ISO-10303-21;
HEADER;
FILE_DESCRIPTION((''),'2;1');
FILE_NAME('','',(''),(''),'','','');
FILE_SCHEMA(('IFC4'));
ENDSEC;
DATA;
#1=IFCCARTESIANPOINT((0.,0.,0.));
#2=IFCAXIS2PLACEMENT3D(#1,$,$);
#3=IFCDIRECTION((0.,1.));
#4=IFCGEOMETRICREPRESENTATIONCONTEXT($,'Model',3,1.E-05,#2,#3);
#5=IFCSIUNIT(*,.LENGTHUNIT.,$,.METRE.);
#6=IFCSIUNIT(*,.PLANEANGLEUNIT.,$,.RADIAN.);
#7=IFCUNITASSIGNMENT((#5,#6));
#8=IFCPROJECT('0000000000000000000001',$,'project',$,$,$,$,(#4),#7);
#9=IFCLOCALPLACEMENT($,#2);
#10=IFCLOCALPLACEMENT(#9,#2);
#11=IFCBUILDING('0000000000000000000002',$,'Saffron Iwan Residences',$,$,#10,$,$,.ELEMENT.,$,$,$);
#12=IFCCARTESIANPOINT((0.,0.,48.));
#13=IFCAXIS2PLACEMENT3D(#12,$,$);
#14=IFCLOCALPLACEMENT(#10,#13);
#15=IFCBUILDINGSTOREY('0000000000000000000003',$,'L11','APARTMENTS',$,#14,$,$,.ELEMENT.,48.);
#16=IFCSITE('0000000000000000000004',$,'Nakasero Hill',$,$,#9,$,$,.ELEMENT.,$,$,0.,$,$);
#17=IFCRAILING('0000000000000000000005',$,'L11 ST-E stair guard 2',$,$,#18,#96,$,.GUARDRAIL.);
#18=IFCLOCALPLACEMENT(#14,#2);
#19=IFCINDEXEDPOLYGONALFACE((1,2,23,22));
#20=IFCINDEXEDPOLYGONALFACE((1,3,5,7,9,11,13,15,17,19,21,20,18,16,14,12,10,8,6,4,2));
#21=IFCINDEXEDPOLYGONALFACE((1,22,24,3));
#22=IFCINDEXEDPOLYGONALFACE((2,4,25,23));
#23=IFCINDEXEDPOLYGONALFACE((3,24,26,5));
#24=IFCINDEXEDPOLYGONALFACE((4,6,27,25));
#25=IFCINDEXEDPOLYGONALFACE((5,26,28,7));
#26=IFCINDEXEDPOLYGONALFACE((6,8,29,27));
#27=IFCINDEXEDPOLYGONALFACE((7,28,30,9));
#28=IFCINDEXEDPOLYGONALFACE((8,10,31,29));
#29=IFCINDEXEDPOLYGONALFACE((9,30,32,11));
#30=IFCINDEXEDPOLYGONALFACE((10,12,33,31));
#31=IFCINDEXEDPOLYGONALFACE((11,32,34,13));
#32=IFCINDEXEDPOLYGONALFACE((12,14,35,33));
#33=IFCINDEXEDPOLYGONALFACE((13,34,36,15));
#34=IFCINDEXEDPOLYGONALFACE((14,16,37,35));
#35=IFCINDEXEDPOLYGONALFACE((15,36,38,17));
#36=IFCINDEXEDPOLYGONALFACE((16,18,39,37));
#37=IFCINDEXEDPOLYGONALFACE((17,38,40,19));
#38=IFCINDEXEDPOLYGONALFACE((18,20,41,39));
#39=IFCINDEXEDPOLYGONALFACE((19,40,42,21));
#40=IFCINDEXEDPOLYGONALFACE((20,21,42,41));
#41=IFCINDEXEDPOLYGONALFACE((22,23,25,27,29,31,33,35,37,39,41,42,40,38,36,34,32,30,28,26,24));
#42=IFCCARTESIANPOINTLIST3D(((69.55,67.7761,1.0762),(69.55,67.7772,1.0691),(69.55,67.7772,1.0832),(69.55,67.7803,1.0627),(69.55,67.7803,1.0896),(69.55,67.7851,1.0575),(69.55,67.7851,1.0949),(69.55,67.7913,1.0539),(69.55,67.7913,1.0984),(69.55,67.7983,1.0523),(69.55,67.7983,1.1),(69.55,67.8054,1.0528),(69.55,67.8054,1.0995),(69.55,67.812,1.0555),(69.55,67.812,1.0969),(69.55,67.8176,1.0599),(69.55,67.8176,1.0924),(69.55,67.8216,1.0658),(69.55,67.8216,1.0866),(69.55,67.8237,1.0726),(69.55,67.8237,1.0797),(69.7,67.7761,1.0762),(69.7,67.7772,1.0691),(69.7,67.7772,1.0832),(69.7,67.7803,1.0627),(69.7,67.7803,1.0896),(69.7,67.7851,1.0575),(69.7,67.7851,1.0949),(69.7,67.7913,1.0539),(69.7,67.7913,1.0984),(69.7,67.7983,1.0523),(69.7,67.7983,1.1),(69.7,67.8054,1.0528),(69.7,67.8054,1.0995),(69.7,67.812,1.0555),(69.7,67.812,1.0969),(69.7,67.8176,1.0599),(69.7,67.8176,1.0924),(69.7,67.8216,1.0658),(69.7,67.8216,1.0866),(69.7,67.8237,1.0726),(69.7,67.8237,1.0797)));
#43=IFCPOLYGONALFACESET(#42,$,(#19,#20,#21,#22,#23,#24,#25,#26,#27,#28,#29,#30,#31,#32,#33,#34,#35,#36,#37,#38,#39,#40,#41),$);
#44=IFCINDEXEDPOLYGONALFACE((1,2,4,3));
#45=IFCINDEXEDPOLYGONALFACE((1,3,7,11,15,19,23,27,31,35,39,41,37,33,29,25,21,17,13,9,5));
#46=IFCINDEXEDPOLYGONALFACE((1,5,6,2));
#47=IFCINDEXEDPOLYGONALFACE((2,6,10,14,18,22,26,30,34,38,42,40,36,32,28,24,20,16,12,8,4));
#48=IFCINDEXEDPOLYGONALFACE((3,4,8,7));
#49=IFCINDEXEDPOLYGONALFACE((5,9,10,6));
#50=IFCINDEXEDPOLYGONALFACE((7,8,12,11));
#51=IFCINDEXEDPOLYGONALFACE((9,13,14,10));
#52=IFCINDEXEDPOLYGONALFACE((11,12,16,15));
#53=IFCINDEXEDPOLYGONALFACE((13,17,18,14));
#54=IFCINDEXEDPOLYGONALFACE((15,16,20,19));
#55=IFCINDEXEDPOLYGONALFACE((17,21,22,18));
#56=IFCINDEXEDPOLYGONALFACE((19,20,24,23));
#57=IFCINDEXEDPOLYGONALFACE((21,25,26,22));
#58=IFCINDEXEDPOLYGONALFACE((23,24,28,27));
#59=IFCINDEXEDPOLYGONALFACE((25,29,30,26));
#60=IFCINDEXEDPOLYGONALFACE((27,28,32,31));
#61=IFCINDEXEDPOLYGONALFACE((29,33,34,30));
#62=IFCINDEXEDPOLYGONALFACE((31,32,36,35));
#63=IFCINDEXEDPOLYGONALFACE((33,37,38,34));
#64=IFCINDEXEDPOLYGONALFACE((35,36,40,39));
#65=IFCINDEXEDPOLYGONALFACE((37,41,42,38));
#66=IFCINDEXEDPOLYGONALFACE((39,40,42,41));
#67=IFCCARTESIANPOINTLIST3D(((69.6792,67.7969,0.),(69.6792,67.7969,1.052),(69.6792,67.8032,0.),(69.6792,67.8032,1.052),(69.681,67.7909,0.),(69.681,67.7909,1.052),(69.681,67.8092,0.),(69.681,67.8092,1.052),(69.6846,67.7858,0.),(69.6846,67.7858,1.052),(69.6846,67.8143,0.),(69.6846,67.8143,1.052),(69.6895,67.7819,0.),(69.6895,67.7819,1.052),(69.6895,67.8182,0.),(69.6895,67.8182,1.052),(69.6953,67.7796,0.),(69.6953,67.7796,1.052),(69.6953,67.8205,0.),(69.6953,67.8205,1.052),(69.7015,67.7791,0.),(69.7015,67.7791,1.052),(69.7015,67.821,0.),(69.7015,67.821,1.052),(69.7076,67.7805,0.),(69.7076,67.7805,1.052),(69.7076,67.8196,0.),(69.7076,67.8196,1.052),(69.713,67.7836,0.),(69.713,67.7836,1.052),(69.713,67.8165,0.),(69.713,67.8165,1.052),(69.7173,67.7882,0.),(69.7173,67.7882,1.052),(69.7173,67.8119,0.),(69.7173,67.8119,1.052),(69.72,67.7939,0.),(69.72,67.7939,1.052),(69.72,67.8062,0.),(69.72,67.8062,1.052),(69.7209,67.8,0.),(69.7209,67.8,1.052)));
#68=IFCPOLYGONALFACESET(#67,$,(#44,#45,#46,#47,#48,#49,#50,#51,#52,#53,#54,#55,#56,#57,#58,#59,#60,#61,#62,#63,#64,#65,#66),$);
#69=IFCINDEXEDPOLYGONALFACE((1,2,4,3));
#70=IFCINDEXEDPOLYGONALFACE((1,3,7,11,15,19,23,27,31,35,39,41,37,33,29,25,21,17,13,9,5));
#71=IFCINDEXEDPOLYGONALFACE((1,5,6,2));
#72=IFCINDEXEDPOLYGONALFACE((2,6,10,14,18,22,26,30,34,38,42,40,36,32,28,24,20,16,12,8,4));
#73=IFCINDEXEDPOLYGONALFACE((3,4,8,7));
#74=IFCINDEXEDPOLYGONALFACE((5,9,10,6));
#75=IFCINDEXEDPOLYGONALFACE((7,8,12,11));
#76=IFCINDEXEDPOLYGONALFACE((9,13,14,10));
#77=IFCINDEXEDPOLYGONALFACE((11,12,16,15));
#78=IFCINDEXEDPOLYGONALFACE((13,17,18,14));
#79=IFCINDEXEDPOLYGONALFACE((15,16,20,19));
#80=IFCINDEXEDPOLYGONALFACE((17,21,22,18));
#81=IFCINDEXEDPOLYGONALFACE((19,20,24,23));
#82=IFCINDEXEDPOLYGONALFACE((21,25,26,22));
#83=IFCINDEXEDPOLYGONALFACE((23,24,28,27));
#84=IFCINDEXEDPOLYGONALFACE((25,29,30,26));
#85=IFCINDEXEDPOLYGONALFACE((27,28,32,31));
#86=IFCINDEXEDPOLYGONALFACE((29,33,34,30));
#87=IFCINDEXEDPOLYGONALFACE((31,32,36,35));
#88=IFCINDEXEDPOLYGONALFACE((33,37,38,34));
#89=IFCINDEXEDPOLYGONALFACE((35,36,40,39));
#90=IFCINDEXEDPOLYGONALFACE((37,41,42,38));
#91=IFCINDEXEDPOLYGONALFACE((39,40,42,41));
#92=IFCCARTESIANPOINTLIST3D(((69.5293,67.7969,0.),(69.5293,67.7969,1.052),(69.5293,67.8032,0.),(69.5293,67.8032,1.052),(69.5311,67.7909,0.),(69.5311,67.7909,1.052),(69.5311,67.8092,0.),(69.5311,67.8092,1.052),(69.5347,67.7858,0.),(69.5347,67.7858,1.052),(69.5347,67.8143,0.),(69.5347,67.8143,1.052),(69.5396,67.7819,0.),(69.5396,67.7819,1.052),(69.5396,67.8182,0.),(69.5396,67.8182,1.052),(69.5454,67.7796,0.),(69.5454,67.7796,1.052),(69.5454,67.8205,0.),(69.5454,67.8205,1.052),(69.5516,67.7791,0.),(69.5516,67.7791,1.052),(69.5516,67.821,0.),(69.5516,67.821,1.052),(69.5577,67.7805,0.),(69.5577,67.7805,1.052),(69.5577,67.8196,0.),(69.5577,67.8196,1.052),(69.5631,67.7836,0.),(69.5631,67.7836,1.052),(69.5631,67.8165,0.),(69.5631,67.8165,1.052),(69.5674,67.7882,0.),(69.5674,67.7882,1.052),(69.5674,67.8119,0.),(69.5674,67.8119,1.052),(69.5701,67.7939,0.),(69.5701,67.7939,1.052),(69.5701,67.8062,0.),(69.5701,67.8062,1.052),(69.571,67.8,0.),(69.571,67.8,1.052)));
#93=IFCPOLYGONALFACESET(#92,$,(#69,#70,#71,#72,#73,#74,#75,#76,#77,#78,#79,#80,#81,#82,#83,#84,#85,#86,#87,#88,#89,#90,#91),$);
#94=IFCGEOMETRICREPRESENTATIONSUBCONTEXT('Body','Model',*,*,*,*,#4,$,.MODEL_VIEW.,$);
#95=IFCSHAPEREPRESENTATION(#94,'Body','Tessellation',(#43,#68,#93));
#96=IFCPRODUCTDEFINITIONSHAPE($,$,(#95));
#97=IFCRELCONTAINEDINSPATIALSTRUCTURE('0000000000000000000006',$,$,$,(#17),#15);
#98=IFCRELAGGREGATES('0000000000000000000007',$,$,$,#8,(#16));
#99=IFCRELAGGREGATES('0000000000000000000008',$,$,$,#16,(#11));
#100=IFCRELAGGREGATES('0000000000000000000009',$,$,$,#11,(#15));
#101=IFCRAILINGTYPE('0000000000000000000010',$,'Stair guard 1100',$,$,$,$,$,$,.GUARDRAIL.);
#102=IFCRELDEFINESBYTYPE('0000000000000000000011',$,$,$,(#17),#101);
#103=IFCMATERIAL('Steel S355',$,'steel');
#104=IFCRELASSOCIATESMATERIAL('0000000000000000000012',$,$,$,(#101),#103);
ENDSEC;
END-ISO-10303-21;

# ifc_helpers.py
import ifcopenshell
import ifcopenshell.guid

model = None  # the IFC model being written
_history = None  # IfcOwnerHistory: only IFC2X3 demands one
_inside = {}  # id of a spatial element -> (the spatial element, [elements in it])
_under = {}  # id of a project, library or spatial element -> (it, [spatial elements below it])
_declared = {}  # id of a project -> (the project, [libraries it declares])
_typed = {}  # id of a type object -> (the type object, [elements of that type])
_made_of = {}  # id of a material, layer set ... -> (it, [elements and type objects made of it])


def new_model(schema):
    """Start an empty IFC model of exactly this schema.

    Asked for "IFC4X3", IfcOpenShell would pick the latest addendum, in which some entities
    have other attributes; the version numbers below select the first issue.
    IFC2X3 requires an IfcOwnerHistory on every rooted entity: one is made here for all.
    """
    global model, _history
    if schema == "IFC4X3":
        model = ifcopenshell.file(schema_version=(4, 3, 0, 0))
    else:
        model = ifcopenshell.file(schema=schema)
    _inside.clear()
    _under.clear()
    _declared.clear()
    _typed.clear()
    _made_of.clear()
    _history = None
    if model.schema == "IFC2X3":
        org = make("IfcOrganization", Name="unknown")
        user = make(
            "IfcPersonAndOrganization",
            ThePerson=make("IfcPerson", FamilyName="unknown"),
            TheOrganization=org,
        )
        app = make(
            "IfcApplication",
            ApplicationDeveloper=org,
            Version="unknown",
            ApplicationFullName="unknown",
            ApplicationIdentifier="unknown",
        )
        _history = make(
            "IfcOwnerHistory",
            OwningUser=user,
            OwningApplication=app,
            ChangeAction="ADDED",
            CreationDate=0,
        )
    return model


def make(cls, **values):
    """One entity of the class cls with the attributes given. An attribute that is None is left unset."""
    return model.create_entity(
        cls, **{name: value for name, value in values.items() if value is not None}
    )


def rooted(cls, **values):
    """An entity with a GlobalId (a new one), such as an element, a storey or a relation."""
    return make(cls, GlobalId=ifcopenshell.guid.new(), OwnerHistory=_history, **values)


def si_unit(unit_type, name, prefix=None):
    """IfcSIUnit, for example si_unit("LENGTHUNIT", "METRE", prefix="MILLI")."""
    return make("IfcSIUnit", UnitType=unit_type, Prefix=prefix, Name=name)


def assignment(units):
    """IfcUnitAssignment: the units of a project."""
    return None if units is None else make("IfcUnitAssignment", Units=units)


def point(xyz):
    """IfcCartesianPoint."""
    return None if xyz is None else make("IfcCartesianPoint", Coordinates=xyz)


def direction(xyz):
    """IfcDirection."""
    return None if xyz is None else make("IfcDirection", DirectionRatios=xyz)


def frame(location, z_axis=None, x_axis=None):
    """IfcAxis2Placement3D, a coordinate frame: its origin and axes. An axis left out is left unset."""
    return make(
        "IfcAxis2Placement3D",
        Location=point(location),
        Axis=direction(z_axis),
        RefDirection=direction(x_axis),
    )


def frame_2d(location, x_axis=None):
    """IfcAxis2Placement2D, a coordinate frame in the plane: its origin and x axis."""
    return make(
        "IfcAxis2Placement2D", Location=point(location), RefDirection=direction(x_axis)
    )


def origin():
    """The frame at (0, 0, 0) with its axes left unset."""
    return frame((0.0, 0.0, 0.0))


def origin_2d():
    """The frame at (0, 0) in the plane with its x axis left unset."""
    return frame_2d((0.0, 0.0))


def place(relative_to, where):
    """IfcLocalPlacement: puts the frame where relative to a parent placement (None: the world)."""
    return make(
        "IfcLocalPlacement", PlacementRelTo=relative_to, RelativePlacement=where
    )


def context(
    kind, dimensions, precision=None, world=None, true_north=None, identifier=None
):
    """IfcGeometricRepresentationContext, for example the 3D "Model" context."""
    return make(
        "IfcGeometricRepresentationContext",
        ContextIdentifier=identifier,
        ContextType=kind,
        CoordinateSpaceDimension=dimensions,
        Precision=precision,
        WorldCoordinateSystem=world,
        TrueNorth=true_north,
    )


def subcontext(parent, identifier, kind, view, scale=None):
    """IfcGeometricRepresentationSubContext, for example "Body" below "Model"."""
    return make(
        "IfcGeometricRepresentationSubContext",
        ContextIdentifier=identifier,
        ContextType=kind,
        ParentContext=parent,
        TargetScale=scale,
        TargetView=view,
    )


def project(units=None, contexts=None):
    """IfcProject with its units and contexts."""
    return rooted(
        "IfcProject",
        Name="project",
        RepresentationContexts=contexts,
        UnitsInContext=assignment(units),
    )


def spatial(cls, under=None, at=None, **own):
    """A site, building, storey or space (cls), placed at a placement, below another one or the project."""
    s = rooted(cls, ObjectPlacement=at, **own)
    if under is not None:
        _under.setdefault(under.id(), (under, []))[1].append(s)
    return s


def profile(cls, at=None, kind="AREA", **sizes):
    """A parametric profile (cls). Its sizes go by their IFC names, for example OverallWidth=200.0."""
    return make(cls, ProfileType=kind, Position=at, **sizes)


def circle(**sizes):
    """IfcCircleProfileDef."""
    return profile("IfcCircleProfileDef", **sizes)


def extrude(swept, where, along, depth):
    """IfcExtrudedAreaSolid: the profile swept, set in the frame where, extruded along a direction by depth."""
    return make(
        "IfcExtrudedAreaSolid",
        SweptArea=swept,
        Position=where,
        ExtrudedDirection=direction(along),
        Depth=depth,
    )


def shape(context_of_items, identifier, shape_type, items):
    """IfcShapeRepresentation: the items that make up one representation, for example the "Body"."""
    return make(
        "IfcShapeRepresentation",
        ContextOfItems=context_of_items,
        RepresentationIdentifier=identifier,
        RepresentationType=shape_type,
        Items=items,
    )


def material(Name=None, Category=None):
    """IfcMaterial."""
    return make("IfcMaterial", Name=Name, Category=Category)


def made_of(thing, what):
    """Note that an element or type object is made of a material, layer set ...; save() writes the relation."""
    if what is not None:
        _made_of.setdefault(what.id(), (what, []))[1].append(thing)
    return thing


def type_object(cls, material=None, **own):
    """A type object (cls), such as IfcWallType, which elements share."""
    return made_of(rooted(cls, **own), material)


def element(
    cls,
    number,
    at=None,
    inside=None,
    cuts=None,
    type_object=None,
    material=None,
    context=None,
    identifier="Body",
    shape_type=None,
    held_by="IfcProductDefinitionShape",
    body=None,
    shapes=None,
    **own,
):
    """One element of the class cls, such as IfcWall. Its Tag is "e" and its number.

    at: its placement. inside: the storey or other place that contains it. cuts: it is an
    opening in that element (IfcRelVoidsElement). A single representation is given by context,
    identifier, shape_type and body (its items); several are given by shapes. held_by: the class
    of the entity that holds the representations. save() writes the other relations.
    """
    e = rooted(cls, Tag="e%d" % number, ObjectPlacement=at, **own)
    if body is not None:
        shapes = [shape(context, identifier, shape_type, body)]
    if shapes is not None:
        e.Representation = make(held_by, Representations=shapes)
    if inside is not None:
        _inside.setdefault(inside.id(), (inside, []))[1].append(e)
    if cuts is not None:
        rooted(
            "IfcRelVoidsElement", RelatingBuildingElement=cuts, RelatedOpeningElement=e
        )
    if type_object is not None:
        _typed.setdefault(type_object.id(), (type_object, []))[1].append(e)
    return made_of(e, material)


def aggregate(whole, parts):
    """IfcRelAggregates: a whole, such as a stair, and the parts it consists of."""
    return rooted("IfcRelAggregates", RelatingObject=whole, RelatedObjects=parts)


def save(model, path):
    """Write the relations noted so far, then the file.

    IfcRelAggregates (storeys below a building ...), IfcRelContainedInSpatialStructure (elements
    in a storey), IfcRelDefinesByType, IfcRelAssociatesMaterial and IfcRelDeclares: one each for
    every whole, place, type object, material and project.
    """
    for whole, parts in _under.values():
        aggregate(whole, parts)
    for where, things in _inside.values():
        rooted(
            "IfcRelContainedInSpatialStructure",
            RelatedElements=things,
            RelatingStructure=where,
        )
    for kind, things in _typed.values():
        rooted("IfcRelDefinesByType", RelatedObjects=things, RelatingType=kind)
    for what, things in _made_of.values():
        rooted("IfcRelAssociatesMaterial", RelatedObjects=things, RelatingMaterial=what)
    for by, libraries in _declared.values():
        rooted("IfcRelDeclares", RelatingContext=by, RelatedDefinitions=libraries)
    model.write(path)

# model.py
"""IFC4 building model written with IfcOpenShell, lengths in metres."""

from ifc_helpers import new_model, si_unit, direction, frame, origin, origin_2d, place, context, subcontext, project, spatial, circle, extrude, material, type_object, element, save


model = new_model("IFC4")

# Units and contexts
model_context = context("Model", 3, precision=1e-05, world=origin(), true_north=direction((0.0, 1.0)))
body_context = subcontext(model_context, "Body", "Model", "MODEL_VIEW")
ifc_project = project(units=[si_unit("LENGTHUNIT", "METRE"), si_unit("PLANEANGLEUNIT", "RADIAN")], contexts=[model_context])

# Site, building, storey
site_placement = place(None, origin())
site = spatial("IfcSite", under=ifc_project, at=site_placement, Name="Nakasero Hill", CompositionType="ELEMENT", RefElevation=0.0)
building_placement = place(site_placement, origin())
building = spatial("IfcBuilding", under=site, at=building_placement, Name="Saffron Iwan Residences", CompositionType="ELEMENT")
storey_placement = place(building_placement, frame((0.0, 0.0, 48.0)))
storey = spatial("IfcBuildingStorey", under=building, at=storey_placement, Name="L11", Description="APARTMENTS", CompositionType="ELEMENT", Elevation=48.0)

# Railing
ifc_material_1 = material(Name="Steel S355", Category="steel")
railing_type_1 = type_object("IfcRailingType", Name="Stair guard 1100", PredefinedType="GUARDRAIL", material=ifc_material_1)
railing_1_placement = place(storey_placement, frame((69.7, 67.8, 0.0)))
element("IfcRailing", 1, at=railing_1_placement, inside=storey, type_object=railing_type_1, Name="L11 ST-E stair guard 2", PredefinedType="GUARDRAIL", context=body_context, shape_type="SweptSolid", body=[
    extrude(circle(Radius=0.0239, at=origin_2d()), frame((0.0, 0.0, 1.0762), z_axis=(-1.0, 0.0, 0.0), x_axis=(0.0, -1.0, 0.0)), (0.0, 0.0, 1.0), 0.1499),
    extrude(circle(Radius=0.021, at=origin_2d()), origin(), (0.0, 0.0, 1.0), 1.052),
    extrude(circle(Radius=0.021, at=origin_2d()), frame((-0.1499, 0.0, 0.0)), (0.0, 0.0, 1.0), 1.052),
])

save(model, "model.ifc")
